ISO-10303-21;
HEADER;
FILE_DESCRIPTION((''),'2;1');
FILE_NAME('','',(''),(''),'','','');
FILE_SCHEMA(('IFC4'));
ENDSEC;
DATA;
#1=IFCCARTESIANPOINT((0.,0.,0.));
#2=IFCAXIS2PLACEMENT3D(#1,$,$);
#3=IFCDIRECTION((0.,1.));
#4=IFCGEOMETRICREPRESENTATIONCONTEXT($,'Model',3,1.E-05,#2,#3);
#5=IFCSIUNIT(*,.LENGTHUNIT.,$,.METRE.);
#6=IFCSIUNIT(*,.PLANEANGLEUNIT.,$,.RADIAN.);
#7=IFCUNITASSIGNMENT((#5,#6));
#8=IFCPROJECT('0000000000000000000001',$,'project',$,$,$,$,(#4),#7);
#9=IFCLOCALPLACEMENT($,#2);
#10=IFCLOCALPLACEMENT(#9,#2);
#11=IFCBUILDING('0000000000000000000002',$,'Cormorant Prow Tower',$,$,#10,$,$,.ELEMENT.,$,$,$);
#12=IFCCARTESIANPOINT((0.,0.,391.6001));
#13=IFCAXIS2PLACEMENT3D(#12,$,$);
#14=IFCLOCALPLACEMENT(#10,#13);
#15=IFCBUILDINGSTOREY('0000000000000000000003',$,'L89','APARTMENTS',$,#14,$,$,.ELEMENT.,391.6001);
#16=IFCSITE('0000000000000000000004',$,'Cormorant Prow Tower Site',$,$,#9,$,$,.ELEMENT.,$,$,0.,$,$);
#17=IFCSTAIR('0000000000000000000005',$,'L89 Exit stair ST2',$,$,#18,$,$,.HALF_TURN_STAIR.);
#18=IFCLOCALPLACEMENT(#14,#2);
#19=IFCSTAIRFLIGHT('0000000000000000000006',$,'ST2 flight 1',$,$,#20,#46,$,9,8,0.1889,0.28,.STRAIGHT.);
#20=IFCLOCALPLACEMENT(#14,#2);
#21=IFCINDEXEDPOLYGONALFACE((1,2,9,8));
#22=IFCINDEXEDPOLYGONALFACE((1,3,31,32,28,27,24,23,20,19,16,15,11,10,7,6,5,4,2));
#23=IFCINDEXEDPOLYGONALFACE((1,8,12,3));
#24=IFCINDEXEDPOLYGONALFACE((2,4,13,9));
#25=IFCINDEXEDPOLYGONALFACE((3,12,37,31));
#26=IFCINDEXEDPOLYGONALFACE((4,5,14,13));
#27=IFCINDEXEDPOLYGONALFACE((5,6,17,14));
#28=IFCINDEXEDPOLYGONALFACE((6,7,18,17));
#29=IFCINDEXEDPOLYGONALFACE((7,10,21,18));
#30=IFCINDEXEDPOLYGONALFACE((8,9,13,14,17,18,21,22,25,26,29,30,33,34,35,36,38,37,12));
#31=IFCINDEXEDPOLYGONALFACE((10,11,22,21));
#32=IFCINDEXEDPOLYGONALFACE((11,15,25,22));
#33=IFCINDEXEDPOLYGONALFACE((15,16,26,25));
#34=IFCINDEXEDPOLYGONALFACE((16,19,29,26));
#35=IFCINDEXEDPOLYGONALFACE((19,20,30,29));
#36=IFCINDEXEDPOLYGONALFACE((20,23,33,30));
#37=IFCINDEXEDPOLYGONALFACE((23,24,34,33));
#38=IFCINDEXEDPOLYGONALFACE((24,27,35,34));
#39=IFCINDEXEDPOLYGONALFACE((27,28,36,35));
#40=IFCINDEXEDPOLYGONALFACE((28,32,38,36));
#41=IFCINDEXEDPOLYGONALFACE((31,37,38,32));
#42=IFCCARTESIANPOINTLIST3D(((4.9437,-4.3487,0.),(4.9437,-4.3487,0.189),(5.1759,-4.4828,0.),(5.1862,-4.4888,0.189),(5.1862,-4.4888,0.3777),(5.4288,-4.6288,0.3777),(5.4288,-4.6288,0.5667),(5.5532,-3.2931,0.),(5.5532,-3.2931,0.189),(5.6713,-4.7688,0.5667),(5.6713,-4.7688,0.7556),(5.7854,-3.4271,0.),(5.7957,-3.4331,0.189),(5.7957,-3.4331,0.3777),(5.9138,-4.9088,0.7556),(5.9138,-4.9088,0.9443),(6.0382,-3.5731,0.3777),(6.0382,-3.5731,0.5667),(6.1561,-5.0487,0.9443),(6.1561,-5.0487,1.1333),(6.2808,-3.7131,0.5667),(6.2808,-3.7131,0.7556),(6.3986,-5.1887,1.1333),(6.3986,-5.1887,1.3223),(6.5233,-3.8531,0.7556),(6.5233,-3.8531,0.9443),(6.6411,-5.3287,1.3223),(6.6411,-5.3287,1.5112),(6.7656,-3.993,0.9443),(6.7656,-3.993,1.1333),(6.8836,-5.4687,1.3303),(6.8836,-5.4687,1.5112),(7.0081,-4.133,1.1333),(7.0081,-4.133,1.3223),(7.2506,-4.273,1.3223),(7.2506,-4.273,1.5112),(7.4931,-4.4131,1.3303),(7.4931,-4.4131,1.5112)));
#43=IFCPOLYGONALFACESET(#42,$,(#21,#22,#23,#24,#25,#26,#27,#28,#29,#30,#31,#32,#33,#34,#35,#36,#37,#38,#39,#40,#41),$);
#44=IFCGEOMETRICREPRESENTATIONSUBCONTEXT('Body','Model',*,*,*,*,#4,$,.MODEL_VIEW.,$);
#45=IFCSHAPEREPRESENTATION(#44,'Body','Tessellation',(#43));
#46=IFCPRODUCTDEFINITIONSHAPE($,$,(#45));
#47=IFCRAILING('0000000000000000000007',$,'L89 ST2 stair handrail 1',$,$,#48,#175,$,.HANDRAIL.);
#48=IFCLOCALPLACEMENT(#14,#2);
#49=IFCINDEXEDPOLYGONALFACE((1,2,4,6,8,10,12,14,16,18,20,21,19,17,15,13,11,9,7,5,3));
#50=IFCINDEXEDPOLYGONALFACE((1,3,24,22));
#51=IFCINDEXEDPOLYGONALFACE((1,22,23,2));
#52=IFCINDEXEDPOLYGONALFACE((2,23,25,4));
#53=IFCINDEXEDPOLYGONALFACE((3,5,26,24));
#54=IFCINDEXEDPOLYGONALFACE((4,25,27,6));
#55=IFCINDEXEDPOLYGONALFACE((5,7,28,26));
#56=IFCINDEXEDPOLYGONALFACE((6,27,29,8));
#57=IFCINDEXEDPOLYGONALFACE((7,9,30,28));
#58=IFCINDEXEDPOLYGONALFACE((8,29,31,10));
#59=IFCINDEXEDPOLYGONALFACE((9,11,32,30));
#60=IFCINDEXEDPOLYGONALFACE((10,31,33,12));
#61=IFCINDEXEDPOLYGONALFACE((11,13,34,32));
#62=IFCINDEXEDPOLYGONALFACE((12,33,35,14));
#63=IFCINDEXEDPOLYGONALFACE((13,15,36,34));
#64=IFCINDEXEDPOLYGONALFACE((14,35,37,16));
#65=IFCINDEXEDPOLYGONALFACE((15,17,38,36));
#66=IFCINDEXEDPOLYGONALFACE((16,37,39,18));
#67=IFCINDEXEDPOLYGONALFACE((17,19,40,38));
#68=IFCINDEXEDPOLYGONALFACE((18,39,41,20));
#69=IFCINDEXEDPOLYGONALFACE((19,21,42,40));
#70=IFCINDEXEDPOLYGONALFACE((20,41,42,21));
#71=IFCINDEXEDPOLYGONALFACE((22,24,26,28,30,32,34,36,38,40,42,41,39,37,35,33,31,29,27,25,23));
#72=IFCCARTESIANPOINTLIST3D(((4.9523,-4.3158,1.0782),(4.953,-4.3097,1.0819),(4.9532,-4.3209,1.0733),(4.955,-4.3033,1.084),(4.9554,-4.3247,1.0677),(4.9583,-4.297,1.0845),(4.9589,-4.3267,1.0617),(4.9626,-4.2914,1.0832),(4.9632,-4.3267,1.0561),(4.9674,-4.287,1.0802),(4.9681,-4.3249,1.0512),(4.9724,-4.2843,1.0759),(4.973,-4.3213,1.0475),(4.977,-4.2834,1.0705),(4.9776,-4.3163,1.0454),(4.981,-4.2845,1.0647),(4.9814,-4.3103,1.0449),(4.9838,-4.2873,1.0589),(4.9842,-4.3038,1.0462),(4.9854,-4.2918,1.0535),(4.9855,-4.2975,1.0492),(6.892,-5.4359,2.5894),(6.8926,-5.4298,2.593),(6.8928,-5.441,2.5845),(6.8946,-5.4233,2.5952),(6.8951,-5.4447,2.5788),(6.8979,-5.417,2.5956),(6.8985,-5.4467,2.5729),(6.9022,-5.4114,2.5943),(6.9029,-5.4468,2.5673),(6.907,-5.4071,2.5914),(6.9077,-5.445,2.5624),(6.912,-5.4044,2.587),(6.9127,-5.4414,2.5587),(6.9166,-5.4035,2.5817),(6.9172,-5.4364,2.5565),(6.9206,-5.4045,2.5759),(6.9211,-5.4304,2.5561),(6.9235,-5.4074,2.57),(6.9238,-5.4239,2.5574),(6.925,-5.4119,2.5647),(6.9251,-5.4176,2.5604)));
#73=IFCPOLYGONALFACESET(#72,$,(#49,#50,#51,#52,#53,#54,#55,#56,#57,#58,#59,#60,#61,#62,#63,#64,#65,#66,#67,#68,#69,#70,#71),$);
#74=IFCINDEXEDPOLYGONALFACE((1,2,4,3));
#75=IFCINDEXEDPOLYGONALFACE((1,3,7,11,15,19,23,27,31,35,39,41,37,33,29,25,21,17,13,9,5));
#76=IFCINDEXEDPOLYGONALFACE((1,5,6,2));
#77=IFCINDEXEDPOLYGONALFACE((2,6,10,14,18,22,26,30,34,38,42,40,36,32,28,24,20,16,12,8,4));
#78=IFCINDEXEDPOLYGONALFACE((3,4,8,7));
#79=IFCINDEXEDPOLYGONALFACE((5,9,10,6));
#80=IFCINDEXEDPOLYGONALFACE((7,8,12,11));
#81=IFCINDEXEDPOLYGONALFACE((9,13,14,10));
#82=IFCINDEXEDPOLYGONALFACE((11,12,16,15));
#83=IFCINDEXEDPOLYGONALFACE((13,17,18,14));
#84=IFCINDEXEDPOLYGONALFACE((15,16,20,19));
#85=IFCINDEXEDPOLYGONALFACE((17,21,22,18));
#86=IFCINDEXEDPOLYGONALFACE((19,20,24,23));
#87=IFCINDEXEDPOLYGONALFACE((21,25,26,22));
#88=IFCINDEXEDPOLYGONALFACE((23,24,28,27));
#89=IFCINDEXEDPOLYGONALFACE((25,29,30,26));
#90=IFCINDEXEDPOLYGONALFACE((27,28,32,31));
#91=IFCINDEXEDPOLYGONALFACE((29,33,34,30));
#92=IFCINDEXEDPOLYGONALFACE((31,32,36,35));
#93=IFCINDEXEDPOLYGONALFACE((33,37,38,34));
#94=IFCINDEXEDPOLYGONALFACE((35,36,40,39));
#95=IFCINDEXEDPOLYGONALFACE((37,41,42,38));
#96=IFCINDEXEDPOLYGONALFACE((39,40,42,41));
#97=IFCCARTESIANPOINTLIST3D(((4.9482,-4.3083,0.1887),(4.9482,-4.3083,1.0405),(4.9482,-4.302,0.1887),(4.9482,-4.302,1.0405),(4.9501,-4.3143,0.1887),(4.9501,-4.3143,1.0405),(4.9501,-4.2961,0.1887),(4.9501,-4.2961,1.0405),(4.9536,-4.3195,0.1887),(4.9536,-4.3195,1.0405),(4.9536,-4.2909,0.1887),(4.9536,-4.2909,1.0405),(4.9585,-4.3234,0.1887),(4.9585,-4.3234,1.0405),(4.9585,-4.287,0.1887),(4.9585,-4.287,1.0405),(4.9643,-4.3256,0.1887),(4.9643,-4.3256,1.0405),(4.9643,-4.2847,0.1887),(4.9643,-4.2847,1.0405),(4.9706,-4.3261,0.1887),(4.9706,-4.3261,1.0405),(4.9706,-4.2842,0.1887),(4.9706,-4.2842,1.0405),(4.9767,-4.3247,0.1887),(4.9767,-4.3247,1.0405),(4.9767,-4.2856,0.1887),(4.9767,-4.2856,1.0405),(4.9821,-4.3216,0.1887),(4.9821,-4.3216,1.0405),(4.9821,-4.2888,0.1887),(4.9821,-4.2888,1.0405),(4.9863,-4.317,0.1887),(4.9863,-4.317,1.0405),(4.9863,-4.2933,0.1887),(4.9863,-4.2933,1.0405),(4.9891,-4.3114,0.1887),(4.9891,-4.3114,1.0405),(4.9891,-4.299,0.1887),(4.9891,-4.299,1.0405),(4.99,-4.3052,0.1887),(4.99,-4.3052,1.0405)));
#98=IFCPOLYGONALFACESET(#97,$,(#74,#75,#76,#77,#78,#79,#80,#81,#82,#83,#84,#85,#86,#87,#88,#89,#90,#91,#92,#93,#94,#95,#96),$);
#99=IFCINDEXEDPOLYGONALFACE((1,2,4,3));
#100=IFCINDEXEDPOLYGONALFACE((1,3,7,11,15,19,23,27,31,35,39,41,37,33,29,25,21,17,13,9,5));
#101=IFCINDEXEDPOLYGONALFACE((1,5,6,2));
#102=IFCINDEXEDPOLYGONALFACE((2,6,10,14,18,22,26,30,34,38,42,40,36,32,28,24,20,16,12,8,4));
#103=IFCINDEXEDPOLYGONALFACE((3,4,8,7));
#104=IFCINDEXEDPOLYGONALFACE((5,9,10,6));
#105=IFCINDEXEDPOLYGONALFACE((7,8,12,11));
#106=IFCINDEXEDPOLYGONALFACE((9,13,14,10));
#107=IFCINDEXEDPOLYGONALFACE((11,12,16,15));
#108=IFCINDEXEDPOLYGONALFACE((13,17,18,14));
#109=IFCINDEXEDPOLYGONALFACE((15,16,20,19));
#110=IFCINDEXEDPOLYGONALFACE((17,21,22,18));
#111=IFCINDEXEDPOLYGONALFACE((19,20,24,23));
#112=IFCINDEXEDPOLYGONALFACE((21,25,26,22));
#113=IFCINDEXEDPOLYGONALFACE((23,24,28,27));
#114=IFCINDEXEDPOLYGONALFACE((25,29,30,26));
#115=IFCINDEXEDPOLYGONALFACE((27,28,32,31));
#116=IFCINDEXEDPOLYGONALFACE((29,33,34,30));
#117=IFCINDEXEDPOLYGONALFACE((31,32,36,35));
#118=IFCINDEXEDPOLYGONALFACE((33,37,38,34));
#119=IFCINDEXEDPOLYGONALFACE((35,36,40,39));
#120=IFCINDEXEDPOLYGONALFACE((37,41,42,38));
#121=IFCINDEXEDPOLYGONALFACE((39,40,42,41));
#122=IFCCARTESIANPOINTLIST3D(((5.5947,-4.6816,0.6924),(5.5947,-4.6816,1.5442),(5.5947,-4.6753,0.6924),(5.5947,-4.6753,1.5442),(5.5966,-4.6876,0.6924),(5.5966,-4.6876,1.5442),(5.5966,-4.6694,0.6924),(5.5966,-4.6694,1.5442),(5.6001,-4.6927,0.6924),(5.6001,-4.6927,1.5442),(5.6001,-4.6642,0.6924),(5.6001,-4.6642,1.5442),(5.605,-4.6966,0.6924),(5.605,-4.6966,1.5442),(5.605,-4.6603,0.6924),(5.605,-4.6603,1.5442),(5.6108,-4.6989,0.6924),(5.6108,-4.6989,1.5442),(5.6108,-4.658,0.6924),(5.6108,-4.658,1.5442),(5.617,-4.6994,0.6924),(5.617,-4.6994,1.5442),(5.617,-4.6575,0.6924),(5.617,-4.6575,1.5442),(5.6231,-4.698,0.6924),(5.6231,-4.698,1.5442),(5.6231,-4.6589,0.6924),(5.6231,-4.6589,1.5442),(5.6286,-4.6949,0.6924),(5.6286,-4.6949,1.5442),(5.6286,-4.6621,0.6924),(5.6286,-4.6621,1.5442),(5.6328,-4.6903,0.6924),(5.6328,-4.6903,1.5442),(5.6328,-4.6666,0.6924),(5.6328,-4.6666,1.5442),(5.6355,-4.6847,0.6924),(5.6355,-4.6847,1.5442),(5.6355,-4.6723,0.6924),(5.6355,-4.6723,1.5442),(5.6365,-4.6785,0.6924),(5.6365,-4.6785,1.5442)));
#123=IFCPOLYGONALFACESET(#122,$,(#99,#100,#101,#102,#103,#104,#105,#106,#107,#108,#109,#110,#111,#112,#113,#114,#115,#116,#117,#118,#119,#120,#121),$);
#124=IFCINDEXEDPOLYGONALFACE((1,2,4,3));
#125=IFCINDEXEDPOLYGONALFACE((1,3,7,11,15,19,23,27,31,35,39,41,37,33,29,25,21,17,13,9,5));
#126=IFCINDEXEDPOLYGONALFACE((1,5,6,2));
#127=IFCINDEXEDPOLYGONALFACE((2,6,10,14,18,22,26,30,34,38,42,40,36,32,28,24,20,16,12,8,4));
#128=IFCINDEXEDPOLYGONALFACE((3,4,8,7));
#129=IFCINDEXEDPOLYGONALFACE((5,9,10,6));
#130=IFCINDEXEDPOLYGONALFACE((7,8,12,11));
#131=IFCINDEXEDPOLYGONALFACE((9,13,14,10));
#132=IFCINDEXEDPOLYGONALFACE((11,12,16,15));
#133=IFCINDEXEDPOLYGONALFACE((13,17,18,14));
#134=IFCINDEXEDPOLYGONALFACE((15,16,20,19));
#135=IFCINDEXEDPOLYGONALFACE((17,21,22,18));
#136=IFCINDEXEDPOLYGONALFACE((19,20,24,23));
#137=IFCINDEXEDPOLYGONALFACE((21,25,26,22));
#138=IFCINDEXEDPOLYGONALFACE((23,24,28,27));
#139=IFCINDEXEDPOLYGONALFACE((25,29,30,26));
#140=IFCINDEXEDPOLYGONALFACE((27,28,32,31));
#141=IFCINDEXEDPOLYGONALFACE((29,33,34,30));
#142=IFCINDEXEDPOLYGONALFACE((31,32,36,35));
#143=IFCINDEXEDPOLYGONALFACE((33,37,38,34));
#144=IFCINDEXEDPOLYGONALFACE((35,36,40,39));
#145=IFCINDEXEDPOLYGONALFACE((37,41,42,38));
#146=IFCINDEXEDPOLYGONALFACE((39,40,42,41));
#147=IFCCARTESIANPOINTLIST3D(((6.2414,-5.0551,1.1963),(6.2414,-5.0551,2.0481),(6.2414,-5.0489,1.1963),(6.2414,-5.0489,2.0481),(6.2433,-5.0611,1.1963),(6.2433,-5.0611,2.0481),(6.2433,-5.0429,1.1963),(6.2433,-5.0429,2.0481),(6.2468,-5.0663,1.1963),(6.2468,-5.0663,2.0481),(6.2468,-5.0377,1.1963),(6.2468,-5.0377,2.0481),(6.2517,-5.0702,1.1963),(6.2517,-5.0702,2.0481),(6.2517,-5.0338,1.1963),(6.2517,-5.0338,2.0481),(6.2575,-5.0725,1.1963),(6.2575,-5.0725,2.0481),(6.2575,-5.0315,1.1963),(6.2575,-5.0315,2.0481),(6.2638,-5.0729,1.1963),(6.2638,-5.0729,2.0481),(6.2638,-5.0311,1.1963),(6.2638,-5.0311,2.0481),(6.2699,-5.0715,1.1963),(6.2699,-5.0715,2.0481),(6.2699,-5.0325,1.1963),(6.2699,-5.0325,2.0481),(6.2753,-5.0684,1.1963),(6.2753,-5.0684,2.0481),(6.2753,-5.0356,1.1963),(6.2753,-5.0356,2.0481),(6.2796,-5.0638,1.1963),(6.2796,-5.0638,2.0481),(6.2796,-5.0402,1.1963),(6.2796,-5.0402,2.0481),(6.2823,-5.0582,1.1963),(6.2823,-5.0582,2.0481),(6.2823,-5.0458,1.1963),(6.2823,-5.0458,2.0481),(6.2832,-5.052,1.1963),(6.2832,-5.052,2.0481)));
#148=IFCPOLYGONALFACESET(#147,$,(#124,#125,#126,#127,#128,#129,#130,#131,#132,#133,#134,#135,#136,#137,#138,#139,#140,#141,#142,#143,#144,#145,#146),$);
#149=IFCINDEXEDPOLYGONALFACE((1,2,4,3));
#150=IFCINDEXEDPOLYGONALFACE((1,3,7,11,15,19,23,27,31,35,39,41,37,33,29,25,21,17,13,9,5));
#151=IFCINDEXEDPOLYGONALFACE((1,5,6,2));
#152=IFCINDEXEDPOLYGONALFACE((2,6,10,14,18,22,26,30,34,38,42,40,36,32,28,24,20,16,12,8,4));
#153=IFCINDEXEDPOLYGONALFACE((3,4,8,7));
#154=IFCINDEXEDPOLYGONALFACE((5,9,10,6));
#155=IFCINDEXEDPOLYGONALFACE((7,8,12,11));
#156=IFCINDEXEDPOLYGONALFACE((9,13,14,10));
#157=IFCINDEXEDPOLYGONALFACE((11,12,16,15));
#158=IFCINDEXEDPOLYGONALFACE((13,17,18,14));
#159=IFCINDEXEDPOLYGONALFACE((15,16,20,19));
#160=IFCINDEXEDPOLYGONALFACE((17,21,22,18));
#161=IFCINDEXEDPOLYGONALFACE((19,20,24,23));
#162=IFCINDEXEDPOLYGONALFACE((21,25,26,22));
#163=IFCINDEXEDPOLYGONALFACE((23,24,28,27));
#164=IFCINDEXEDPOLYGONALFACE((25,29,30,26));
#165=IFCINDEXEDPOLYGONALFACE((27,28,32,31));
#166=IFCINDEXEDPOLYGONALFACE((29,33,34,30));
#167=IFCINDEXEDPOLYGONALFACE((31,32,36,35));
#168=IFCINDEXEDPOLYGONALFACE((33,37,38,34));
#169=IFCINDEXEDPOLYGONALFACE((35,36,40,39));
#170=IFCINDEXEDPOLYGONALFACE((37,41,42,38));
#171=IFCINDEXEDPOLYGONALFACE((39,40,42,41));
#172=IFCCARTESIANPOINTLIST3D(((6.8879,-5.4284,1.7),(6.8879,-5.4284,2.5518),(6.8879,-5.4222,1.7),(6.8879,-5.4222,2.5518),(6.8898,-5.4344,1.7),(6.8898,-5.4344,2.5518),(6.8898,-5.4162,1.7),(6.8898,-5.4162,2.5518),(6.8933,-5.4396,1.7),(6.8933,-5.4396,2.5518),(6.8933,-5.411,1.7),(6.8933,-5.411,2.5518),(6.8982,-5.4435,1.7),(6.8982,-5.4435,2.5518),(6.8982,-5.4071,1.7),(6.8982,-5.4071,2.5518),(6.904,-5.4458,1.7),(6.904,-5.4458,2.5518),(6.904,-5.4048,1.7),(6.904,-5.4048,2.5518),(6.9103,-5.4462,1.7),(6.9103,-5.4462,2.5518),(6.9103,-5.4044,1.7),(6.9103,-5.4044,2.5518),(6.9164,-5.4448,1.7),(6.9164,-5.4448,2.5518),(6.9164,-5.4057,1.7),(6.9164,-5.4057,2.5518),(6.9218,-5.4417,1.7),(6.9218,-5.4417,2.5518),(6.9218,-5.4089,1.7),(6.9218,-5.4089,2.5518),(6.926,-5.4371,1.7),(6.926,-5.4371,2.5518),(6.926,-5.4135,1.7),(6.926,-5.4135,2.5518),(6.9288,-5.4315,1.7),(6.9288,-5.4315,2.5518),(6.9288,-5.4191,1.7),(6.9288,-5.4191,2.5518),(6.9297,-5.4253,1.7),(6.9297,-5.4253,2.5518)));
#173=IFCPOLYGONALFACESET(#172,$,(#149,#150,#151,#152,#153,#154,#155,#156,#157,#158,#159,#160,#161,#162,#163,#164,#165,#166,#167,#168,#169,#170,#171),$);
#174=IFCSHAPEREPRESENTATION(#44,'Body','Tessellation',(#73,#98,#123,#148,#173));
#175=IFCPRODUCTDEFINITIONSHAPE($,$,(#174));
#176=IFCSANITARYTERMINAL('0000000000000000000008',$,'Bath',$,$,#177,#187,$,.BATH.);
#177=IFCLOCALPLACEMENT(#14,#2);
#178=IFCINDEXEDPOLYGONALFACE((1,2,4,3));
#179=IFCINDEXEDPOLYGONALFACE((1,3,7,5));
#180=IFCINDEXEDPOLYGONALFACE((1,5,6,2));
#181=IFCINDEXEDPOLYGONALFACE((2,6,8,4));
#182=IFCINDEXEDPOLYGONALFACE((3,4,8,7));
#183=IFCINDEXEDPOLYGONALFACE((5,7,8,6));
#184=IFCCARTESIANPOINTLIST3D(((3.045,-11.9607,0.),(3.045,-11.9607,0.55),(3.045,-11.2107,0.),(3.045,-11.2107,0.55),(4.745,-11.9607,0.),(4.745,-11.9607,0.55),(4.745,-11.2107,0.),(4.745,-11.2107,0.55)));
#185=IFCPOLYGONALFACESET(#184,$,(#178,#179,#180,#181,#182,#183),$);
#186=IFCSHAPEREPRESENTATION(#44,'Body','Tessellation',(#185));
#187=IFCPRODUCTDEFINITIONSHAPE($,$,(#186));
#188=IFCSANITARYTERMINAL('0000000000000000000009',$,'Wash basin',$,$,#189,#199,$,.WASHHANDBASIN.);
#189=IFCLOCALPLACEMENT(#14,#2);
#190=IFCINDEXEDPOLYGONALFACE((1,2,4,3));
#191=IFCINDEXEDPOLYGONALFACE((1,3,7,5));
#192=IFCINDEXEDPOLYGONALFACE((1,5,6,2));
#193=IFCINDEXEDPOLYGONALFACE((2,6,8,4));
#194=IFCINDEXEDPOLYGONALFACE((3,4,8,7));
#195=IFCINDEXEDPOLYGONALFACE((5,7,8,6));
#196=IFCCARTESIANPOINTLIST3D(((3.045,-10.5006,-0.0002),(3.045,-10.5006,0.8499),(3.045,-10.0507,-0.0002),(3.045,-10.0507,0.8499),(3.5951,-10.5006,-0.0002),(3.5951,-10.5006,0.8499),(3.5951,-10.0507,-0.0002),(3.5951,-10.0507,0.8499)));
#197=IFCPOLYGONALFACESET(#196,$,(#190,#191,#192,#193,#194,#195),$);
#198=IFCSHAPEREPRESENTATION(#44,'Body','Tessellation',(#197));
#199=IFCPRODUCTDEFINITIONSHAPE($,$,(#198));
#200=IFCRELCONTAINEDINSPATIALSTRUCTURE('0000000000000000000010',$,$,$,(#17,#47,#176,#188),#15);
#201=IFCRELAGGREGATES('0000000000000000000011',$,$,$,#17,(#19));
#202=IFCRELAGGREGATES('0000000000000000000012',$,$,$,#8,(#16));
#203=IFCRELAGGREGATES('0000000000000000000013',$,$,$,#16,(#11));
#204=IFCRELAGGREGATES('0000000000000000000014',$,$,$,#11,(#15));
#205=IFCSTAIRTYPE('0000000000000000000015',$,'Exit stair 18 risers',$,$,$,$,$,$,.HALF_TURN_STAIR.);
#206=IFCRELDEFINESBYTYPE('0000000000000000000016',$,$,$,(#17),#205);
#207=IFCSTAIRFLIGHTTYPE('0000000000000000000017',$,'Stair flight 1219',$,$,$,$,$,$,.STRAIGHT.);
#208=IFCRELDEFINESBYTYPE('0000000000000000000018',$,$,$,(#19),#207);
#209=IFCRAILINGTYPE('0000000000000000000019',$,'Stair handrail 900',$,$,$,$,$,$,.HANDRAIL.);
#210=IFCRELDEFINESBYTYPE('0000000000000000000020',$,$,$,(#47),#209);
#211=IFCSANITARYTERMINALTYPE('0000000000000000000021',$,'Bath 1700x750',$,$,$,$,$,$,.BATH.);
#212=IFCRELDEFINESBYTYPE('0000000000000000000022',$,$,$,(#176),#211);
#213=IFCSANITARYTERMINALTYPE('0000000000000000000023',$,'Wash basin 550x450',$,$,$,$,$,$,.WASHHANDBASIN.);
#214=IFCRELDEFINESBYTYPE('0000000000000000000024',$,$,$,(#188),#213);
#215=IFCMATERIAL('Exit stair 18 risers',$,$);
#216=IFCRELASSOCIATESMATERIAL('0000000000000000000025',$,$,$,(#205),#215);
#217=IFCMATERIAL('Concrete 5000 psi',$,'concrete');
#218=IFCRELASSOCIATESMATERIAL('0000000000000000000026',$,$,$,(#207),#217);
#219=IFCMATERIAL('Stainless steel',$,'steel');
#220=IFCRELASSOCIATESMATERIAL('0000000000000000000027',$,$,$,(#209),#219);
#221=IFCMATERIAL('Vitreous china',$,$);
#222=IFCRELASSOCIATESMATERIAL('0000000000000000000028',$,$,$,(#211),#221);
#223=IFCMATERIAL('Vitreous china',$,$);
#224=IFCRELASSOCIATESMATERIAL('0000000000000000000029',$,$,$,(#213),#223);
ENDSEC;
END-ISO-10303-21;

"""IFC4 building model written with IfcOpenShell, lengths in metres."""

from ifc_helpers import new_model, si_unit, direction, frame, origin, origin_2d, place, context, subcontext, project, spatial, polyline, rectangle, circle, outline, extrude, material, type_object, element, aggregate, save


model = new_model("IFC4")

# Units and contexts
model_context = context("Model", 3, precision=1e-05, world=origin(), true_north=direction((0.0, 1.0)))
body_context = subcontext(model_context, "Body", "Model", "MODEL_VIEW")
ifc_project = project(units=[si_unit("LENGTHUNIT", "METRE"), si_unit("PLANEANGLEUNIT", "RADIAN")], contexts=[model_context])

# Site, building, storey
site_placement = place(None, origin())
site = spatial("IfcSite", under=ifc_project, at=site_placement, Name="Cormorant Prow Tower Site", CompositionType="ELEMENT", RefElevation=0.0)
building_placement = place(site_placement, origin())
building = spatial("IfcBuilding", under=site, at=building_placement, Name="Cormorant Prow Tower", CompositionType="ELEMENT")
storey_placement = place(building_placement, frame((0.0, 0.0, 391.6001)))
storey = spatial("IfcBuildingStorey", under=building, at=storey_placement, Name="L89", Description="APARTMENTS", CompositionType="ELEMENT", Elevation=391.6001)

# Stair, stair flight
ifc_material_1 = material(Name="Exit stair 18 risers")
stair_type = type_object("IfcStairType", Name="Exit stair 18 risers", PredefinedType="HALF_TURN_STAIR", material=ifc_material_1)
stair_placement = place(storey_placement, origin())
stair = element("IfcStair", 1, at=stair_placement, inside=storey, type_object=stair_type, Name="L89 Exit stair ST2", PredefinedType="HALF_TURN_STAIR")
ifc_material_2 = material(Name="Concrete 5000 psi", Category="concrete")
stair_flight_type = type_object("IfcStairFlightType", Name="Stair flight 1219", PredefinedType="STRAIGHT", material=ifc_material_2)
stair_flight_placement = place(storey_placement, frame((5.2485, -3.8208, 0.0), z_axis=(0.0, 0.0, 1.0), x_axis=(0.866025, -0.5, 0.0)))
stair_flight = element("IfcStairFlight", 2, at=stair_flight_placement, type_object=stair_flight_type, Name="ST2 flight 1", NumberOfRisers=9, NumberOfTreads=8, PredefinedType="STRAIGHT", RiserHeight=0.1889, TreadLength=0.28, context=body_context, shape_type="SweptSolid", body=[
    extrude(outline(polyline([(0.0, 0.0), (0.0, 0.189), (0.28, 0.189), (0.28, 0.3777), (0.5601, 0.3777), (0.5601, 0.5667), (0.8401, 0.5667), (0.8401, 0.7556), (1.1201, 0.7556), (1.1201, 0.9443), (1.3999, 0.9443), (1.3999, 1.1333), (1.6799, 1.1333), (1.6799, 1.3223), (1.96, 1.3223), (1.96, 1.5112), (2.24, 1.5112), (2.24, 1.7), (2.24, 1.3303), (0.2681, 0.0), (0.0, 0.0)])), frame((0.0, 0.6094, 0.0), z_axis=(0.0, -1.0, 0.0), x_axis=(1.0, 0.0, 0.0)), (0.0, 0.0, 1.0), 1.219),
])
aggregate(stair, [stair_flight])

# Railing
ifc_material_3 = material(Name="Stainless steel", Category="steel")
railing_type_1 = type_object("IfcRailingType", Name="Stair handrail 900", PredefinedType="HANDRAIL", material=ifc_material_3)
railing_1_placement = place(storey_placement, frame((4.969, -4.3052, 0.1887)))
element("IfcRailing", 3, at=railing_1_placement, inside=storey, type_object=railing_type_1, Name="L89 ST2 stair handrail 1", PredefinedType="HANDRAIL", context=body_context, shape_type="SweptSolid", body=[
    extrude(circle(Radius=0.0239, at=origin_2d()), frame((0.0, 0.0, 0.876), z_axis=(0.71787, -0.414548, 0.559297), x_axis=(0.500078, 0.86598, 0.0)), (0.0, 0.0, 1.0), 2.7019),
    extrude(circle(Radius=0.021, at=origin_2d()), origin(), (0.0, 0.0, 1.0), 0.8518),
    extrude(circle(Radius=0.021, at=origin_2d()), frame((0.6465, -0.3733, 0.5037)), (0.0, 0.0, 1.0), 0.8518),
    extrude(circle(Radius=0.021, at=origin_2d()), frame((1.2932, -0.7468, 1.0076)), (0.0, 0.0, 1.0), 0.8518),
    extrude(circle(Radius=0.021, at=origin_2d()), frame((1.9397, -1.1201, 1.5112)), (0.0, 0.0, 1.0), 0.8518),
])

# Sanitary terminals
ifc_material_4 = material(Name="Vitreous china")
sanitary_terminal_type_1 = type_object("IfcSanitaryTerminalType", Name="Bath 1700x750", PredefinedType="BATH", material=ifc_material_4)
sanitary_terminal_1_placement = place(storey_placement, frame((3.895, -11.5857, 0.0), z_axis=(0.0, 0.0, 1.0), x_axis=(1.0, 0.0, 0.0)))
element("IfcSanitaryTerminal", 4, at=sanitary_terminal_1_placement, inside=storey, type_object=sanitary_terminal_type_1, Name="Bath", PredefinedType="BATH", context=body_context, shape_type="SweptSolid", body=[
    extrude(rectangle(XDim=1.7, YDim=0.75, at=origin_2d()), origin(), (0.0, 0.0, 1.0), 0.55),
])
ifc_material_5 = material(Name="Vitreous china")
sanitary_terminal_type_2 = type_object("IfcSanitaryTerminalType", Name="Wash basin 550x450", PredefinedType="WASHHANDBASIN", material=ifc_material_5)
sanitary_terminal_2_placement = place(storey_placement, frame((3.3201, -10.2756, -0.0002), z_axis=(0.0, 0.0, 1.0), x_axis=(1.0, 0.0, 0.0)))
element("IfcSanitaryTerminal", 5, at=sanitary_terminal_2_placement, inside=storey, type_object=sanitary_terminal_type_2, Name="Wash basin", PredefinedType="WASHHANDBASIN", context=body_context, shape_type="SweptSolid", body=[
    extrude(rectangle(XDim=0.55, YDim=0.45, at=origin_2d()), origin(), (0.0, 0.0, 1.0), 0.8501),
])

save(model, "model.ifc")
